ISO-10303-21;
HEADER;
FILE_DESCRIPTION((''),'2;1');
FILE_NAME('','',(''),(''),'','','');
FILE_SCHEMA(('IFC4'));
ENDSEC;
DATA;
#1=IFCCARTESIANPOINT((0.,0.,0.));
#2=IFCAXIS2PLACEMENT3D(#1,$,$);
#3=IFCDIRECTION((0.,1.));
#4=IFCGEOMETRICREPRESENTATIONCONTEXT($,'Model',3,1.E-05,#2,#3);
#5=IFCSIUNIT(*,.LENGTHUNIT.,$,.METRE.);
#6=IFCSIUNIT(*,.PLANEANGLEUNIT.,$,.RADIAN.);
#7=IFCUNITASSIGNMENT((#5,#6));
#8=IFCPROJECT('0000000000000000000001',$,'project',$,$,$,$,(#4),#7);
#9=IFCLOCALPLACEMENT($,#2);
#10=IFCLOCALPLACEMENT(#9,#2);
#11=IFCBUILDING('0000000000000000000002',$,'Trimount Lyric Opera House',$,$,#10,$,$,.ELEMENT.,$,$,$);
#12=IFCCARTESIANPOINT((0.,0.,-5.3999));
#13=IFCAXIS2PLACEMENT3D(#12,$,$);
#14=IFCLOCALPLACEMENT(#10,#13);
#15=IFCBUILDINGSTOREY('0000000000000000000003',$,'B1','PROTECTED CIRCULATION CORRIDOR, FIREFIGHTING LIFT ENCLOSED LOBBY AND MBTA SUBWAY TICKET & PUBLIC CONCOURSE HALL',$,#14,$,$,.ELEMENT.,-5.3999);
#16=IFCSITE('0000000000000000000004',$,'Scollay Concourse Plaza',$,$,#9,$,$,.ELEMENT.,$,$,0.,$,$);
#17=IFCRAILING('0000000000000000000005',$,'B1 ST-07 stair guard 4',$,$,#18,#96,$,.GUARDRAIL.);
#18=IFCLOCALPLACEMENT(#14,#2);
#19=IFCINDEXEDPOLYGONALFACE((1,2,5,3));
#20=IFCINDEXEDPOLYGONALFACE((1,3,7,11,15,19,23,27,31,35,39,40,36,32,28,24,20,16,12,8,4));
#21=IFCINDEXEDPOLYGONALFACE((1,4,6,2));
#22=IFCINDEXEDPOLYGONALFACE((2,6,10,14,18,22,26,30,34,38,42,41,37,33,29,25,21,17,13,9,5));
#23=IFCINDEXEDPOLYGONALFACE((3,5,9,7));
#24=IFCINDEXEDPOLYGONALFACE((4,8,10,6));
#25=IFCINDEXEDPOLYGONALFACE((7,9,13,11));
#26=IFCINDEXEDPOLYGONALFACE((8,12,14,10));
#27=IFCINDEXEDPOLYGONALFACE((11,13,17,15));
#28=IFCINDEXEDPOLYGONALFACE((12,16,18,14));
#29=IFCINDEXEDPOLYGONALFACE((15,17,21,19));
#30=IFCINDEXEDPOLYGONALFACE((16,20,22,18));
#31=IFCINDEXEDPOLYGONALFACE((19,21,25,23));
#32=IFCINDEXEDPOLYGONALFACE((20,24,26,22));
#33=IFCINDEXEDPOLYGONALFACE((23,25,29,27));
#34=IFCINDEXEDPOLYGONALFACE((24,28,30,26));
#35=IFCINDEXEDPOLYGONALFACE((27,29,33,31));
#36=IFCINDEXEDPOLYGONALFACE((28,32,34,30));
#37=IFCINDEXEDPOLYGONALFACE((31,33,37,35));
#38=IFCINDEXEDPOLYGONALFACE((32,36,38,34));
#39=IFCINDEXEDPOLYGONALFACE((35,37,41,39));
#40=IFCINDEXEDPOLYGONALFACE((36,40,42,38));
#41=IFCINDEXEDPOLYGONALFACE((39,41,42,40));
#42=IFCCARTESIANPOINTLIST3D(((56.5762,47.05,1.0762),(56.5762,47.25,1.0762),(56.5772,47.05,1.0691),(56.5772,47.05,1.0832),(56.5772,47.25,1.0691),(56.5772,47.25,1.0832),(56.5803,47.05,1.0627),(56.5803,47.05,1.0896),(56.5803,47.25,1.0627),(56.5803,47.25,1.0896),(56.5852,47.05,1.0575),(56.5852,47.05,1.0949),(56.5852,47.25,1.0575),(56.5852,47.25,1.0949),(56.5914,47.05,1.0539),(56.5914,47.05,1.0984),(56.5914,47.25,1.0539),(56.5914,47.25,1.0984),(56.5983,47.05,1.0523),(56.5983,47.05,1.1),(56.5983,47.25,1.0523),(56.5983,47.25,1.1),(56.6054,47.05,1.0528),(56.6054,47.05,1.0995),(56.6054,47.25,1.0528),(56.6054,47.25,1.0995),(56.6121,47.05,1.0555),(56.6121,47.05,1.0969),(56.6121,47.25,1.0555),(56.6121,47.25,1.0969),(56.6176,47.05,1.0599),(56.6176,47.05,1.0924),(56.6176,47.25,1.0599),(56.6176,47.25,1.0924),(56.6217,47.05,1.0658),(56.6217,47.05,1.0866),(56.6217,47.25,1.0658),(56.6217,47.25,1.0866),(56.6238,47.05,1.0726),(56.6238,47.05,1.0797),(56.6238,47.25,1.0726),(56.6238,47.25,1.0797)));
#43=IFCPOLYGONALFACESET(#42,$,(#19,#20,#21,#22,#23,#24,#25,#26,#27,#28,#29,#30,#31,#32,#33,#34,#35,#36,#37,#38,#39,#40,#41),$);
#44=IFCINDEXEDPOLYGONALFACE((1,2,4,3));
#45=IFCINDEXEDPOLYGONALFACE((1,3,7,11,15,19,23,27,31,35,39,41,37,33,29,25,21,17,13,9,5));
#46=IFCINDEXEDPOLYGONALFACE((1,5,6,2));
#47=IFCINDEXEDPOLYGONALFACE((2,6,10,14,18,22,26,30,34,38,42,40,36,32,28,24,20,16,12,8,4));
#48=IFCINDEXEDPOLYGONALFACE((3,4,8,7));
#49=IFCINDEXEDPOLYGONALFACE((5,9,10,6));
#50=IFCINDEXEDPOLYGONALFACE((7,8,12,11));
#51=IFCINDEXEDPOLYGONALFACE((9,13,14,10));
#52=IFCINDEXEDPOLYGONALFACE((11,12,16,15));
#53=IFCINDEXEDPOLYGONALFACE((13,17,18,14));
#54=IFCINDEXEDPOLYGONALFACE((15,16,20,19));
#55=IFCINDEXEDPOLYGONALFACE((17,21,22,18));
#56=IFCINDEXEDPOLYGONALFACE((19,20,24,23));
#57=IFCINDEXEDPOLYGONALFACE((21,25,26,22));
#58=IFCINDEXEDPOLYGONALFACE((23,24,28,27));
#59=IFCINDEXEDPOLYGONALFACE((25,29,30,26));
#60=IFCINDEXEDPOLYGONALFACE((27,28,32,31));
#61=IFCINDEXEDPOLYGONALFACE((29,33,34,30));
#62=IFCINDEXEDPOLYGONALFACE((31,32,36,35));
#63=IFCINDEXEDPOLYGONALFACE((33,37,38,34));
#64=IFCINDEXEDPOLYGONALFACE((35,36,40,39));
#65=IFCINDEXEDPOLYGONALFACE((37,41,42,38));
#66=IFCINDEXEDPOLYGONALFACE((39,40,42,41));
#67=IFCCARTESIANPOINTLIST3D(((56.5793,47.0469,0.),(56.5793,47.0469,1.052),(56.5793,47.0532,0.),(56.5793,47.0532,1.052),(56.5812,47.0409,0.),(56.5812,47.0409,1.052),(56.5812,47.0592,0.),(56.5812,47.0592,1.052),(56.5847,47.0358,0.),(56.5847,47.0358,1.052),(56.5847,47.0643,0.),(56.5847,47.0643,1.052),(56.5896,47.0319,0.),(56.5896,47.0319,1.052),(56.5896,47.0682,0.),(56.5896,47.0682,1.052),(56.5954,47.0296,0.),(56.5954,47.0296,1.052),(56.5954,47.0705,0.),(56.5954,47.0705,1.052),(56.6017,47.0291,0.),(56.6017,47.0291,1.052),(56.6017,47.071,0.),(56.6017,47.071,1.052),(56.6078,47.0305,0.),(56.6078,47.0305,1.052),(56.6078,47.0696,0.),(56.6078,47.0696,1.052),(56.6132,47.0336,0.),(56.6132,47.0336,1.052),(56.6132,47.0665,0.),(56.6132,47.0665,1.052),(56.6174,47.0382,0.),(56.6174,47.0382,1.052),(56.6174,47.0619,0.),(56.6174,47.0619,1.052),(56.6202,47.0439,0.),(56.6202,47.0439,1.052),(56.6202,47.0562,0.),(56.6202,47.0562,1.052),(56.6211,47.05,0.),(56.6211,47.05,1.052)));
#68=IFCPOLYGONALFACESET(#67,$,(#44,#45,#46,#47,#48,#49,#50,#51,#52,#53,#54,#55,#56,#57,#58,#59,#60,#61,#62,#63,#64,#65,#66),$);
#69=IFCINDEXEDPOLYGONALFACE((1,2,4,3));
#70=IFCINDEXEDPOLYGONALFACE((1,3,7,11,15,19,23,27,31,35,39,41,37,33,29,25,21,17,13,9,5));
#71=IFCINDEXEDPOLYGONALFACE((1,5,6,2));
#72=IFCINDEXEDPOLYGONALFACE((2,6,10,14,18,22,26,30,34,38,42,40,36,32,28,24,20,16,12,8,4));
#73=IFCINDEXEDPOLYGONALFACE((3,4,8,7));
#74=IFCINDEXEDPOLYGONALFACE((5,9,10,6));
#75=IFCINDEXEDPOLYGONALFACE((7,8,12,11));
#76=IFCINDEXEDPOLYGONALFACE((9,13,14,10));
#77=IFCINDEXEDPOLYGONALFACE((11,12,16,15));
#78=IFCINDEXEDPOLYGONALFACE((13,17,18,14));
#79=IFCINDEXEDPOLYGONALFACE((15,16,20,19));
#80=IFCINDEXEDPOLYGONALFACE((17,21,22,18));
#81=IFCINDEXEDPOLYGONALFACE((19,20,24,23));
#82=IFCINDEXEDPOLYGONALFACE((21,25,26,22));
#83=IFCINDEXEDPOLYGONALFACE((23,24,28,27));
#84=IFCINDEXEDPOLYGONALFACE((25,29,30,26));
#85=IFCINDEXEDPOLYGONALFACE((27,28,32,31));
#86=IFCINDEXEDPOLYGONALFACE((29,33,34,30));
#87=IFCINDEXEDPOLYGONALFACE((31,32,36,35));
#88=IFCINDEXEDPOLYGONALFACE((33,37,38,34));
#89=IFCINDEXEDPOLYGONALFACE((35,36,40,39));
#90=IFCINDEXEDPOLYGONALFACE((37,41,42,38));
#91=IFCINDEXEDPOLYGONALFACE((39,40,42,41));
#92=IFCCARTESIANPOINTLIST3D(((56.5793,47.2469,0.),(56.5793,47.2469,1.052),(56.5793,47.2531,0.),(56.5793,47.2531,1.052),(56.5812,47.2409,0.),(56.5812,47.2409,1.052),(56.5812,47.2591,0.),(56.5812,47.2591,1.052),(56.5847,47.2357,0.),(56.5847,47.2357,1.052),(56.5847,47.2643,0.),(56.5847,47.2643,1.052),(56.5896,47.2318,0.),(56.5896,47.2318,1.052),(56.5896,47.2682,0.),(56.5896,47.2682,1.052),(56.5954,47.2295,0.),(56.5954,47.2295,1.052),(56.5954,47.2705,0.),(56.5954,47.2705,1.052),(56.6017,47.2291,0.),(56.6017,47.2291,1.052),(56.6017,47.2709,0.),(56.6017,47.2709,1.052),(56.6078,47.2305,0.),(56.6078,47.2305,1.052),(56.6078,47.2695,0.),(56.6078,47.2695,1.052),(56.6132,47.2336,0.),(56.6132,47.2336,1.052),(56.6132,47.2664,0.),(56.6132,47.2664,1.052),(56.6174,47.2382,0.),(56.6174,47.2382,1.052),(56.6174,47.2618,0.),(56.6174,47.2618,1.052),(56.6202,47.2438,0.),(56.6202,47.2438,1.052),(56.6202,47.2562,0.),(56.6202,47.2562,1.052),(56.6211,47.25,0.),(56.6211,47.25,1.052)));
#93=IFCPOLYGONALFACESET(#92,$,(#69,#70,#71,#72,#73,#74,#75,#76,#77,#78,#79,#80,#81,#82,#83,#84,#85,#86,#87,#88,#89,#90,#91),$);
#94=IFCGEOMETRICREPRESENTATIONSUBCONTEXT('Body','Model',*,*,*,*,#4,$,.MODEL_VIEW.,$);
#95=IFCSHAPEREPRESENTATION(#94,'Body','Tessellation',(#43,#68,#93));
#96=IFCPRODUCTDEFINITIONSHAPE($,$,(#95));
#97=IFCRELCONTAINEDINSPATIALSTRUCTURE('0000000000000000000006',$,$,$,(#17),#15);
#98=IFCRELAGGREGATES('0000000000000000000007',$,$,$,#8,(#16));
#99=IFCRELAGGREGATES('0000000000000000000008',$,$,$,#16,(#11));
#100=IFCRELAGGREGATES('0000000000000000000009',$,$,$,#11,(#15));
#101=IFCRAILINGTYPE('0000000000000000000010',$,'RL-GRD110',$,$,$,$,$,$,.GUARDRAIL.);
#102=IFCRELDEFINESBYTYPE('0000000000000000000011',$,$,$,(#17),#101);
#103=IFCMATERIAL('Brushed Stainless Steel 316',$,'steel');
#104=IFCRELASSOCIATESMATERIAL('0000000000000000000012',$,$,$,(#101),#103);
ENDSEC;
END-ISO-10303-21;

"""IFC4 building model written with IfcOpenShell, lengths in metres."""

from ifc_helpers import new_model, si_unit, direction, frame, origin, origin_2d, place, context, subcontext, project, spatial, circle, extrude, material, type_object, element, save


model = new_model("IFC4")

# Units and contexts
model_context = context("Model", 3, precision=1e-05, world=origin(), true_north=direction((0.0, 1.0)))
body_context = subcontext(model_context, "Body", "Model", "MODEL_VIEW")
ifc_project = project(units=[si_unit("LENGTHUNIT", "METRE"), si_unit("PLANEANGLEUNIT", "RADIAN")], contexts=[model_context])

# Site, building, storey
site_placement = place(None, origin())
site = spatial("IfcSite", under=ifc_project, at=site_placement, Name="Scollay Concourse Plaza", CompositionType="ELEMENT", RefElevation=0.0)
building_placement = place(site_placement, origin())
building = spatial("IfcBuilding", under=site, at=building_placement, Name="Trimount Lyric Opera House", CompositionType="ELEMENT")
storey_placement = place(building_placement, frame((0.0, 0.0, -5.3999)))
storey = spatial("IfcBuildingStorey", under=building, at=storey_placement, Name="B1", Description="PROTECTED CIRCULATION CORRIDOR, FIREFIGHTING LIFT ENCLOSED LOBBY AND MBTA SUBWAY TICKET & PUBLIC CONCOURSE HALL", CompositionType="ELEMENT", Elevation=-5.3999)

# Railing
ifc_material_1 = material(Name="Brushed Stainless Steel 316", Category="steel")
railing_type_1 = type_object("IfcRailingType", Name="RL-GRD110", PredefinedType="GUARDRAIL", material=ifc_material_1)
railing_1_placement = place(storey_placement, frame((56.6001, 47.05, 0.0)))
element("IfcRailing", 1, at=railing_1_placement, inside=storey, type_object=railing_type_1, Name="B1 ST-07 stair guard 4", PredefinedType="GUARDRAIL", context=body_context, shape_type="SweptSolid", body=[
    extrude(circle(Radius=0.0239, at=origin_2d()), frame((0.0, 0.0, 1.0762), z_axis=(0.0, 1.0, 0.0), x_axis=(-1.0, 0.0, 0.0)), (0.0, 0.0, 1.0), 0.2),
    extrude(circle(Radius=0.021, at=origin_2d()), origin(), (0.0, 0.0, 1.0), 1.052),
    extrude(circle(Radius=0.021, at=origin_2d()), frame((0.0, 0.2, 0.0)), (0.0, 0.0, 1.0), 1.052),
])

save(model, "model.ifc")
